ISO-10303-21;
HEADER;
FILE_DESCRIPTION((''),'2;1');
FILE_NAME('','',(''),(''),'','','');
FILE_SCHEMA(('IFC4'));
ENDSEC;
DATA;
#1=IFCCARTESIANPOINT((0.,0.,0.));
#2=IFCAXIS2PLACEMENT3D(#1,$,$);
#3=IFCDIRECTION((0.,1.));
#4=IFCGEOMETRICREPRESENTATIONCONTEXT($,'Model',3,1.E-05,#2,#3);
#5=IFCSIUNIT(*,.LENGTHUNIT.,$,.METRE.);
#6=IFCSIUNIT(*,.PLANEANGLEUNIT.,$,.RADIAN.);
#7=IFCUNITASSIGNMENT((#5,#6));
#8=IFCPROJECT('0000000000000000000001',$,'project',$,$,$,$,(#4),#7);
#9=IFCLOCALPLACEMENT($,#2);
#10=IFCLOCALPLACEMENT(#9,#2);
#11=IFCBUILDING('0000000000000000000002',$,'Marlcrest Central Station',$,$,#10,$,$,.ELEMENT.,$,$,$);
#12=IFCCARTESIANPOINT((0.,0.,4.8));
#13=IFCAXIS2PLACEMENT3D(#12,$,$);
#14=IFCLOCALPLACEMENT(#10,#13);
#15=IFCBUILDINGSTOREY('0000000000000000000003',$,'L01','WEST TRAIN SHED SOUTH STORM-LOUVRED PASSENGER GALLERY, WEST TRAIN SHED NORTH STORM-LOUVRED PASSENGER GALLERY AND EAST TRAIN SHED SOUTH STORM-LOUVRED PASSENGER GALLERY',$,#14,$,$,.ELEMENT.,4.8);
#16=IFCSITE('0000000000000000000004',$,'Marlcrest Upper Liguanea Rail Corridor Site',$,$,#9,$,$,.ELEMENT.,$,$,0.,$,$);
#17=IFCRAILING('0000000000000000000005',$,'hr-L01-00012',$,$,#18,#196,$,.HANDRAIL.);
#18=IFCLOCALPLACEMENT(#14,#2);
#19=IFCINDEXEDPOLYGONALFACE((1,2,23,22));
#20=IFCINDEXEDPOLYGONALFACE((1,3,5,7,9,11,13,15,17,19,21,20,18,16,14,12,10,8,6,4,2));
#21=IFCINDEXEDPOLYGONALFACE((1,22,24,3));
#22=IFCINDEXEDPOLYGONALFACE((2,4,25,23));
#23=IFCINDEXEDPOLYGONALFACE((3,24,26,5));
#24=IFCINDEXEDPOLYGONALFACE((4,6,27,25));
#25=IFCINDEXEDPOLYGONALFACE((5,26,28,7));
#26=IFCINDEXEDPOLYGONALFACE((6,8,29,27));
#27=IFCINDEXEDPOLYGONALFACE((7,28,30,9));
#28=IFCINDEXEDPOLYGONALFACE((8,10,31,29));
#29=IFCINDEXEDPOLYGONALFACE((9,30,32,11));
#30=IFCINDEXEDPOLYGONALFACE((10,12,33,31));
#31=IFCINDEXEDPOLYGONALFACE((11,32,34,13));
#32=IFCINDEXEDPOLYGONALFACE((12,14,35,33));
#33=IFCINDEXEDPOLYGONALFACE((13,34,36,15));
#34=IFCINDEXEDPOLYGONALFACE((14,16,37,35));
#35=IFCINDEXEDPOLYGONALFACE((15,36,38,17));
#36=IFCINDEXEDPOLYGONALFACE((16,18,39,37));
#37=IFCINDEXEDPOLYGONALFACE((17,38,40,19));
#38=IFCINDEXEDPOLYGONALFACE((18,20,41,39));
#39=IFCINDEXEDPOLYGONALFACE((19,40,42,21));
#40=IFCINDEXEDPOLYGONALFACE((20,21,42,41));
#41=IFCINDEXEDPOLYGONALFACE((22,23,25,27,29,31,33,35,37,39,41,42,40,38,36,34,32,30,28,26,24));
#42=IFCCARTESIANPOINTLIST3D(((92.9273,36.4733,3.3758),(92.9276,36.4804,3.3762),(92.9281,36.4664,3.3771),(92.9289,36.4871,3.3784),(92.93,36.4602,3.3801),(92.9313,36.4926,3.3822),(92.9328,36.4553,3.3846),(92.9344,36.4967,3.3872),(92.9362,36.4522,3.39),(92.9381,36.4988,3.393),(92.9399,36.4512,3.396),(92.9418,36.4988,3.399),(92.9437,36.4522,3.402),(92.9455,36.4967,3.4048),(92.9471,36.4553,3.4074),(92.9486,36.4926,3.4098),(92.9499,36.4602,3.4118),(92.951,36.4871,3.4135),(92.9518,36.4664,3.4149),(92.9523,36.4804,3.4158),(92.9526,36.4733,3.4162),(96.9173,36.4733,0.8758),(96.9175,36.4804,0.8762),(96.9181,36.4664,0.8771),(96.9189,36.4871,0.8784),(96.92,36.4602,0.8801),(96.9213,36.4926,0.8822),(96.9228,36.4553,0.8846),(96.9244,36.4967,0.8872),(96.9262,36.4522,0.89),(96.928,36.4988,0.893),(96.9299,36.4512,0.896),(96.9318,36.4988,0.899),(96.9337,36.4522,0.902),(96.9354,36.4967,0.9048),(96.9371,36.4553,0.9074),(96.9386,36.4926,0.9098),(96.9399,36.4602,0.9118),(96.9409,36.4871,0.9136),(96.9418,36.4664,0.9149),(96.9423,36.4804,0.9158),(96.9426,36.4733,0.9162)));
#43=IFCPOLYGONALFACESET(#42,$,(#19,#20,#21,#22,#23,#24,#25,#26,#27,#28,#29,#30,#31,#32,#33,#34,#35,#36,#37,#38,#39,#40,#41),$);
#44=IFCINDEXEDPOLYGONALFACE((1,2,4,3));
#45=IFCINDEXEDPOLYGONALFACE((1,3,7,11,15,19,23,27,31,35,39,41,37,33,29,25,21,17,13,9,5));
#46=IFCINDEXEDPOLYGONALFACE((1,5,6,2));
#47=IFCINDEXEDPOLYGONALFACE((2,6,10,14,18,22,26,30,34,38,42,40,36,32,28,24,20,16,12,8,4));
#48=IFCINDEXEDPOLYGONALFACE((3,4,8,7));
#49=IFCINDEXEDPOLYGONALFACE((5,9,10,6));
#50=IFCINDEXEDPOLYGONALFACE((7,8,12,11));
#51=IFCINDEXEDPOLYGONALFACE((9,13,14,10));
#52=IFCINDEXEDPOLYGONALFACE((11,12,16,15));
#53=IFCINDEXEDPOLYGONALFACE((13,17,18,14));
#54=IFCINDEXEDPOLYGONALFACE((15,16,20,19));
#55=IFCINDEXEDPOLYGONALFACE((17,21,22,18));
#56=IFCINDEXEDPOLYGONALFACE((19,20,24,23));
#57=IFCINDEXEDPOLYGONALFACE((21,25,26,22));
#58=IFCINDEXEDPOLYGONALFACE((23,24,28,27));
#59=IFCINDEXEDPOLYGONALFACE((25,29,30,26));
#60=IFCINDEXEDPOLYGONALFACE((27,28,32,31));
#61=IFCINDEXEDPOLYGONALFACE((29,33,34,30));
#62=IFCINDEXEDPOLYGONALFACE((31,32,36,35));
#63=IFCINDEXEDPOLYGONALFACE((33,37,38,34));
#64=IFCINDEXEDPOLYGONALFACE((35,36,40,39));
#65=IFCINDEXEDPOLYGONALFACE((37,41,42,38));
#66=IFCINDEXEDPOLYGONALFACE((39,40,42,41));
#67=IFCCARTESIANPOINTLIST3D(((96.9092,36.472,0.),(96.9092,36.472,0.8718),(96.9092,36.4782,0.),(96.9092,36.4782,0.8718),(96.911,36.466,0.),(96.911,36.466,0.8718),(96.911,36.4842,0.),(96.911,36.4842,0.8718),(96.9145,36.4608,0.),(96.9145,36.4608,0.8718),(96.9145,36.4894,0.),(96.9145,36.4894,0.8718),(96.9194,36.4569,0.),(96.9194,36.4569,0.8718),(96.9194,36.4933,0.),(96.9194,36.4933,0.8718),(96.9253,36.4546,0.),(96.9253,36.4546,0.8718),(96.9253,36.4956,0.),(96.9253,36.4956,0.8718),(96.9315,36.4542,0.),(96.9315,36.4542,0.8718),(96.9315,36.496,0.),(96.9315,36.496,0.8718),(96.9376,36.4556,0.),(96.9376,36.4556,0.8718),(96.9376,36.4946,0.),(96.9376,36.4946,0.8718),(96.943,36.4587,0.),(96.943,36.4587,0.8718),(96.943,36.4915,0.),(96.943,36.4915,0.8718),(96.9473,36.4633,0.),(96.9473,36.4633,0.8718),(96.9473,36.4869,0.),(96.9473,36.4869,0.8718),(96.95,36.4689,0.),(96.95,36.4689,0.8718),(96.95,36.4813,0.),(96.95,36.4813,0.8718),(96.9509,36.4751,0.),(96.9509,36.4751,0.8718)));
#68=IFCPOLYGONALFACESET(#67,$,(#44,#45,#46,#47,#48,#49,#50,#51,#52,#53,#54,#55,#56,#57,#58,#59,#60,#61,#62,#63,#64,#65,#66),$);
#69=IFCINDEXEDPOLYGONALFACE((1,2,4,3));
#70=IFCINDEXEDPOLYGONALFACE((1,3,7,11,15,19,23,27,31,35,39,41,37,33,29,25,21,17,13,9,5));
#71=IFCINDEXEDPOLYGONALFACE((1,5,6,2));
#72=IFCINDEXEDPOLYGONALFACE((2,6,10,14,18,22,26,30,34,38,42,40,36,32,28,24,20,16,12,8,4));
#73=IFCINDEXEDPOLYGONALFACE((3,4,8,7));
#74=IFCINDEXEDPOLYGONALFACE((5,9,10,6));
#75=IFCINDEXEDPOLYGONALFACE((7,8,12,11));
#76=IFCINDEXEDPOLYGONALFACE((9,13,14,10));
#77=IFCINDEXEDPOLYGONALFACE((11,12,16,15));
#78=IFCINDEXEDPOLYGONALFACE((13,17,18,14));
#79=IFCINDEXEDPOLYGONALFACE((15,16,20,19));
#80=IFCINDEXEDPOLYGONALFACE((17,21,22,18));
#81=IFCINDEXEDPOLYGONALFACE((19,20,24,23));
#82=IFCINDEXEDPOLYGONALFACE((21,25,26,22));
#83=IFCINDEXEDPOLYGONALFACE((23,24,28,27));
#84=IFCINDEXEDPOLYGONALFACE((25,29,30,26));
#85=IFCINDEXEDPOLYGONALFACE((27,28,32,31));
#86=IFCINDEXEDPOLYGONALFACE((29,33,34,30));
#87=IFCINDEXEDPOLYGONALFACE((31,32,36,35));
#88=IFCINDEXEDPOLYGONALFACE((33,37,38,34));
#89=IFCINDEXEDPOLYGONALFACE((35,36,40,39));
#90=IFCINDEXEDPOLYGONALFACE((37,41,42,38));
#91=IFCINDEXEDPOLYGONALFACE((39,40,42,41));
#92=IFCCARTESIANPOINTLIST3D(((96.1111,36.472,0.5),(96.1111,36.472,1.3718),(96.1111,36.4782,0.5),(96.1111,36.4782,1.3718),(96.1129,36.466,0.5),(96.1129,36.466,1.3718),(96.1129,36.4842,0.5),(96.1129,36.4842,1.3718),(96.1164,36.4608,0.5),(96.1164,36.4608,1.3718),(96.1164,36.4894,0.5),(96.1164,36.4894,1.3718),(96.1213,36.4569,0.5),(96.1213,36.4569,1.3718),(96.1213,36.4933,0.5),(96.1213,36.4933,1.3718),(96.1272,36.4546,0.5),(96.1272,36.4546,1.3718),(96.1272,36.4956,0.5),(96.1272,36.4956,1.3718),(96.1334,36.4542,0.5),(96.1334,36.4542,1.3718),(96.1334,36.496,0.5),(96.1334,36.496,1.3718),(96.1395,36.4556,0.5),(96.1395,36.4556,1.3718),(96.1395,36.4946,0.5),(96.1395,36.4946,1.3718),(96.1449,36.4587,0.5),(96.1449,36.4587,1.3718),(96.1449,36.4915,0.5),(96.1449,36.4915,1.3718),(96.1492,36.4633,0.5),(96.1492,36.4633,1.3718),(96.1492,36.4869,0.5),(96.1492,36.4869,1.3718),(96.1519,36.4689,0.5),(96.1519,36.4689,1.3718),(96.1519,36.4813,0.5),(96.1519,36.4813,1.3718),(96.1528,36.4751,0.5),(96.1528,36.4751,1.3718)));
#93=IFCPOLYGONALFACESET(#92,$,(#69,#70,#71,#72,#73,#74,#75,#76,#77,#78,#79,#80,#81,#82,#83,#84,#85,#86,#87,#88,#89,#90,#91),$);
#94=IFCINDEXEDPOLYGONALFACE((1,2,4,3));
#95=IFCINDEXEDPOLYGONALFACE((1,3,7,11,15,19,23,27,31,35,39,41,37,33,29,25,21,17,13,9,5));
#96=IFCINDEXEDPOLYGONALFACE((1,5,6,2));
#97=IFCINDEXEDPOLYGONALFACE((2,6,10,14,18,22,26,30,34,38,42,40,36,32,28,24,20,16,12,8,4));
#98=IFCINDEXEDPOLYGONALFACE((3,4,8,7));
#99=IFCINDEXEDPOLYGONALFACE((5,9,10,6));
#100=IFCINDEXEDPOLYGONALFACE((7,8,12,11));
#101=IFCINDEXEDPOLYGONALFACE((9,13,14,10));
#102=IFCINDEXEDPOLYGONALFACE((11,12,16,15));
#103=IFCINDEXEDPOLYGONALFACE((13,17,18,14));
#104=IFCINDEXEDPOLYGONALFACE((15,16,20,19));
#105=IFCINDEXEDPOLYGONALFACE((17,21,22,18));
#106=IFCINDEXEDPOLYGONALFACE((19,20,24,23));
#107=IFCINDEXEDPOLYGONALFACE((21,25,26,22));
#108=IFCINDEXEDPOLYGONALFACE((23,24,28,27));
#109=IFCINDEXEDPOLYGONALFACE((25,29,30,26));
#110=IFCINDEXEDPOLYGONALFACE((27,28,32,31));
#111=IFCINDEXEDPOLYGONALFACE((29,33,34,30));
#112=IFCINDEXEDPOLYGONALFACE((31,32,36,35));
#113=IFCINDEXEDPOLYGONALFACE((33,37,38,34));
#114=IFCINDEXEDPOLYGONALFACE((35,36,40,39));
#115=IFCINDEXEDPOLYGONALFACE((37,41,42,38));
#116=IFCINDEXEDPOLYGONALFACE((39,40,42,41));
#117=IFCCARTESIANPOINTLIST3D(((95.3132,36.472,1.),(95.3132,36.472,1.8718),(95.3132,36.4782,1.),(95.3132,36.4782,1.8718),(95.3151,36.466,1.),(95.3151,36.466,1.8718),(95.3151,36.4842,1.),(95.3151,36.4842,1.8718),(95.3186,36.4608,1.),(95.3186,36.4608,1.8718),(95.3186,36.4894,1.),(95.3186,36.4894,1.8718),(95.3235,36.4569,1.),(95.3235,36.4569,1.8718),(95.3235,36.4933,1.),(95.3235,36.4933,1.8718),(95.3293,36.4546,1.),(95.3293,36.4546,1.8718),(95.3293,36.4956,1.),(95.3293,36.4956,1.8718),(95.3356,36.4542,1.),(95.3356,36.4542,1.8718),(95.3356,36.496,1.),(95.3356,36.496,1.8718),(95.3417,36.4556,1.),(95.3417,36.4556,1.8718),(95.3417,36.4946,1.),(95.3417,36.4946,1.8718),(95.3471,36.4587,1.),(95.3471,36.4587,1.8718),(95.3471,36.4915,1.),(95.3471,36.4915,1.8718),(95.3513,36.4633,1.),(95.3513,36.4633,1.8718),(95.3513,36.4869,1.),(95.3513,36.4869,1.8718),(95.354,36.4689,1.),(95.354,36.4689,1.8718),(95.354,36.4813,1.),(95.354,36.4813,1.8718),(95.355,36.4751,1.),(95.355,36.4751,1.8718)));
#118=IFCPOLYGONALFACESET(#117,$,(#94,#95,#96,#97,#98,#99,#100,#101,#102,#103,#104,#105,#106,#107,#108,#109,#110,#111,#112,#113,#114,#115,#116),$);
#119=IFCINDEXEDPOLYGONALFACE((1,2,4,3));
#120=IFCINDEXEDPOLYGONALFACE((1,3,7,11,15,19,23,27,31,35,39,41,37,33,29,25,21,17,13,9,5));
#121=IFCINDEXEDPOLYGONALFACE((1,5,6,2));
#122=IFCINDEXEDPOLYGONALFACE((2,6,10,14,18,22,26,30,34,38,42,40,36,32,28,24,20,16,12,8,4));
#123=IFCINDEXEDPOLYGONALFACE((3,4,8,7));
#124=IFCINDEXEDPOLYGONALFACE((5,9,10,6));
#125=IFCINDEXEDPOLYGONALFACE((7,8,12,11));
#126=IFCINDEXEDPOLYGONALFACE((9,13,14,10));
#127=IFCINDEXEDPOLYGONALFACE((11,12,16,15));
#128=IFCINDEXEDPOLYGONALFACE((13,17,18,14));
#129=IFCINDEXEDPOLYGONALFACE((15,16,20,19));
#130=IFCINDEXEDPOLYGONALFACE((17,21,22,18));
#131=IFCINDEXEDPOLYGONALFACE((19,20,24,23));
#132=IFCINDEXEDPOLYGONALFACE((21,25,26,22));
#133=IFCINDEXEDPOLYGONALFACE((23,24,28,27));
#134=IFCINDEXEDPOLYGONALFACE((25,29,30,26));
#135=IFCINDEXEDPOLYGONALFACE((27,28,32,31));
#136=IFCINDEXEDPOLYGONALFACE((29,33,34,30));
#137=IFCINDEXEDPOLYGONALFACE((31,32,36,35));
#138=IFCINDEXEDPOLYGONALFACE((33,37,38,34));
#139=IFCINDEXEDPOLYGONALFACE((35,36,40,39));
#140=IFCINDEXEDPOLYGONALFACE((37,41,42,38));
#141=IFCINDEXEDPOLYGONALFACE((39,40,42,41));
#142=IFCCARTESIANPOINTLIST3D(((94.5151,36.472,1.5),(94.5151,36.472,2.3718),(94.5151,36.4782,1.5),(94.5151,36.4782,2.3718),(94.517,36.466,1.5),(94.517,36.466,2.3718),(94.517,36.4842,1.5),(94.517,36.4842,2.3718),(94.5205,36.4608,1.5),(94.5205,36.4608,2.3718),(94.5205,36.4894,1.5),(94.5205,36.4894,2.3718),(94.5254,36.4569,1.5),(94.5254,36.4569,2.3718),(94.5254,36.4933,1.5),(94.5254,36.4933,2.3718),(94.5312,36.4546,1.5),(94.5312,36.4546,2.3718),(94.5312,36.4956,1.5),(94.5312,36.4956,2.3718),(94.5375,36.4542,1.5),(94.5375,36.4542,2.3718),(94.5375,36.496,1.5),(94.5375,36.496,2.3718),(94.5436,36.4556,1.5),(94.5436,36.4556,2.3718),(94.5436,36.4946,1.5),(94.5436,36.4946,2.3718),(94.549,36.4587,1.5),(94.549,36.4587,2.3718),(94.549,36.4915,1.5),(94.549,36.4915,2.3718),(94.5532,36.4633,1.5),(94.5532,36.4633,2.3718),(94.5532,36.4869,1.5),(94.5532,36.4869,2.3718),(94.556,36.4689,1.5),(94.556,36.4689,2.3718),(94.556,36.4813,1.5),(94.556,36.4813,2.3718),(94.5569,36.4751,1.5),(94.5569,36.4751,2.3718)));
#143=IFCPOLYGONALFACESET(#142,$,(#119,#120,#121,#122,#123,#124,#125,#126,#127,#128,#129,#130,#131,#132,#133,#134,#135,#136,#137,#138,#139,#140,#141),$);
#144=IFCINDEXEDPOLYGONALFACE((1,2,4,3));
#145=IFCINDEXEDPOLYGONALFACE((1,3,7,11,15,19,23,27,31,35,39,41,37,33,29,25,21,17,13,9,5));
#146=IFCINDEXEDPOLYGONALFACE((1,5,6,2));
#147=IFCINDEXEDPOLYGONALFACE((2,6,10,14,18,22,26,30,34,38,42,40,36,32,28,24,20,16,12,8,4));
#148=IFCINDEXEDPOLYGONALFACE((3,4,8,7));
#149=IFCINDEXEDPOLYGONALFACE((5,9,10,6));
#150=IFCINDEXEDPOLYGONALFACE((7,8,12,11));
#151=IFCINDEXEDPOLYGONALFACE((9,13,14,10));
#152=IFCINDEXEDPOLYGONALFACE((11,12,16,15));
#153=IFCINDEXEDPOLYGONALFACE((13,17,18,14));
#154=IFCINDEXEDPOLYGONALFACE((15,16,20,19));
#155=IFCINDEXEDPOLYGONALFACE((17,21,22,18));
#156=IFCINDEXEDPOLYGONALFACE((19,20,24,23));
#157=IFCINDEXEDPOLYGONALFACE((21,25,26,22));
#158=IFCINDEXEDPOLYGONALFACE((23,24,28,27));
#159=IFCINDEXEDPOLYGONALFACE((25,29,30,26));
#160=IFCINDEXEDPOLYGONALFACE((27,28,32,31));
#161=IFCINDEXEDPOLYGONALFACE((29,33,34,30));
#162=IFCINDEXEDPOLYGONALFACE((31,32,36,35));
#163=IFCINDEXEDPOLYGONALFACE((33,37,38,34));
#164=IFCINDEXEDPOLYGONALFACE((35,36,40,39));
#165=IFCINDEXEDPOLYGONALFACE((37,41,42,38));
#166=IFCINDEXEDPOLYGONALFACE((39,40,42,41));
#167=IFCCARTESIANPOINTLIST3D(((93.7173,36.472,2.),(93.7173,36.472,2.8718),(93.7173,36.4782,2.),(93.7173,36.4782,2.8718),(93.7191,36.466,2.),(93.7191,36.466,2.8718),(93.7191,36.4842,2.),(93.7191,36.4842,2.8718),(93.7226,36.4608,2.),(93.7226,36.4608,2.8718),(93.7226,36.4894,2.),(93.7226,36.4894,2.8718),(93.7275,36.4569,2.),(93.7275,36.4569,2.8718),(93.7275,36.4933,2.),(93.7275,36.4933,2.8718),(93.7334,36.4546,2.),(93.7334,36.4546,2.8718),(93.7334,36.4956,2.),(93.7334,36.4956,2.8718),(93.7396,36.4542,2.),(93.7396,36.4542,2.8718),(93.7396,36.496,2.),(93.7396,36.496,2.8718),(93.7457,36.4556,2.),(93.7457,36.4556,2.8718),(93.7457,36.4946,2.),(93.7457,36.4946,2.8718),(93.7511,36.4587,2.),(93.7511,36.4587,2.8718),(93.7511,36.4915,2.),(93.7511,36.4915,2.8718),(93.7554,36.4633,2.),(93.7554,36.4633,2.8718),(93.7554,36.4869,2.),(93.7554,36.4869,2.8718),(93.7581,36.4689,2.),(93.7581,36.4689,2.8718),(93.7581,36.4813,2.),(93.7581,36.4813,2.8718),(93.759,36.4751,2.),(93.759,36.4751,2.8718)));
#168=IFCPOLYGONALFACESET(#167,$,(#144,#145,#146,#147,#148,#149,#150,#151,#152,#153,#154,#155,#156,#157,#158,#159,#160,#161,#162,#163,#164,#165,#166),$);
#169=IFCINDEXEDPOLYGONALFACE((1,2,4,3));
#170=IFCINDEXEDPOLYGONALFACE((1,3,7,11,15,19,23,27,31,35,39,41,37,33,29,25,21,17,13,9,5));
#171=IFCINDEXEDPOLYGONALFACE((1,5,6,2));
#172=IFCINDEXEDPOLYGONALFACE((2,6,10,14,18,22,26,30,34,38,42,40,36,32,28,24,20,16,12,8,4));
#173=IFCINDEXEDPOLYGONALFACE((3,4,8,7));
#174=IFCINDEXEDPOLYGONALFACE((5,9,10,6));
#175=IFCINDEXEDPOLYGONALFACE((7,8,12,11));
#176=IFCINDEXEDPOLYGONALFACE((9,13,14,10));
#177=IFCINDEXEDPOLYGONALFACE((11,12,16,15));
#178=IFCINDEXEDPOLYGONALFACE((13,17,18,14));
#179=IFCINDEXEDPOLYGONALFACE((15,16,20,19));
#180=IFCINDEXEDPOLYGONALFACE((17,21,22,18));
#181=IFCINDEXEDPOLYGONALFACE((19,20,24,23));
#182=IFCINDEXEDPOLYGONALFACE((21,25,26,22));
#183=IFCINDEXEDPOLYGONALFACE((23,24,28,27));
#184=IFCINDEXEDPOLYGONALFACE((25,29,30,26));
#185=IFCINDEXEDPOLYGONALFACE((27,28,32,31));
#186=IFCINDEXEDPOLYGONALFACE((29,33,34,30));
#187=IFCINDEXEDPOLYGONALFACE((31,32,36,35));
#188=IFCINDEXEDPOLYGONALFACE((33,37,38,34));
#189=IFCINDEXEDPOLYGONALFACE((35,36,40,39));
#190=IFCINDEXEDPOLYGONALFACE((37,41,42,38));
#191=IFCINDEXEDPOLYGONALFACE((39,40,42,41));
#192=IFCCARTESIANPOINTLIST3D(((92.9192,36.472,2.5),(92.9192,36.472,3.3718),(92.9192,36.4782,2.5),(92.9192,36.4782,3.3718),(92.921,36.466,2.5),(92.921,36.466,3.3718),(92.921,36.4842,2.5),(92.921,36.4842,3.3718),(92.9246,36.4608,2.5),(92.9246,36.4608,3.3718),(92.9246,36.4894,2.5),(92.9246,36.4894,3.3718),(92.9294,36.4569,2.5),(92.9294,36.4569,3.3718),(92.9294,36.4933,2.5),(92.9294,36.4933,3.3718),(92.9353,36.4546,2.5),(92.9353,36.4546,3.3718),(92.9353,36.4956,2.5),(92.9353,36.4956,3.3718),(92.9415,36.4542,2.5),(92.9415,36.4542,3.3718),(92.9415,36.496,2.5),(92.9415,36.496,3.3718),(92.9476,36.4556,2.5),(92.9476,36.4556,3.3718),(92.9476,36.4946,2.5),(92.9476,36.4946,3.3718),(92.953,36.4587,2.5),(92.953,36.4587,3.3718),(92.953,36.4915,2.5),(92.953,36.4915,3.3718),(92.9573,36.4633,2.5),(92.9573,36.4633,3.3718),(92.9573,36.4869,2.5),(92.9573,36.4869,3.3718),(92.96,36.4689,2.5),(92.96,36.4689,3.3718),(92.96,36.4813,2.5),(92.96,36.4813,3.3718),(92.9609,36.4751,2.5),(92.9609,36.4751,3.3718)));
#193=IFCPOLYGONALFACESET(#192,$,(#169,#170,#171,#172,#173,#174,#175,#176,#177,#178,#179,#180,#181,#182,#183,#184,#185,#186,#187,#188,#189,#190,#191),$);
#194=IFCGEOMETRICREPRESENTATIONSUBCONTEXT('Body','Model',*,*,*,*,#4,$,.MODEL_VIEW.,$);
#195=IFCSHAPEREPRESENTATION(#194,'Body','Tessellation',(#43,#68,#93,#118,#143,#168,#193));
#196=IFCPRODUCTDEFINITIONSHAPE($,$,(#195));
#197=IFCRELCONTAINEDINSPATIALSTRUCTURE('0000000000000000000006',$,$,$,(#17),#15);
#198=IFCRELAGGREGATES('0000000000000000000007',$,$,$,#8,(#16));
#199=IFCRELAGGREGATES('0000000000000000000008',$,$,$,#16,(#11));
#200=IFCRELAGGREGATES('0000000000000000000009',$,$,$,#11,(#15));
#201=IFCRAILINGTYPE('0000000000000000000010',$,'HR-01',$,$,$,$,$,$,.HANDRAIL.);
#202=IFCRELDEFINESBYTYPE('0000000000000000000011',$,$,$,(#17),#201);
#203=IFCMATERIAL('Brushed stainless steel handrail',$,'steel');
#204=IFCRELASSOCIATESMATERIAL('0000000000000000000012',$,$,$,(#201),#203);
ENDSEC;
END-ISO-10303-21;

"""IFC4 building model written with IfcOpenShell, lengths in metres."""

from ifc_helpers import new_model, si_unit, direction, frame, origin, origin_2d, place, context, subcontext, project, spatial, circle, extrude, material, type_object, element, save


model = new_model("IFC4")

# Units and contexts
model_context = context("Model", 3, precision=1e-05, world=origin(), true_north=direction((0.0, 1.0)))
body_context = subcontext(model_context, "Body", "Model", "MODEL_VIEW")
ifc_project = project(units=[si_unit("LENGTHUNIT", "METRE"), si_unit("PLANEANGLEUNIT", "RADIAN")], contexts=[model_context])

# Site, building, storey
site_placement = place(None, origin())
site = spatial("IfcSite", under=ifc_project, at=site_placement, Name="Marlcrest Upper Liguanea Rail Corridor Site", CompositionType="ELEMENT", RefElevation=0.0)
building_placement = place(site_placement, origin())
building = spatial("IfcBuilding", under=site, at=building_placement, Name="Marlcrest Central Station", CompositionType="ELEMENT")
storey_placement = place(building_placement, frame((0.0, 0.0, 4.8)))
storey = spatial("IfcBuildingStorey", under=building, at=storey_placement, Name="L01", Description="WEST TRAIN SHED SOUTH STORM-LOUVRED PASSENGER GALLERY, WEST TRAIN SHED NORTH STORM-LOUVRED PASSENGER GALLERY AND EAST TRAIN SHED SOUTH STORM-LOUVRED PASSENGER GALLERY", CompositionType="ELEMENT", Elevation=4.8)

# Railing
ifc_material_1 = material(Name="Brushed stainless steel handrail", Category="steel")
railing_type_1 = type_object("IfcRailingType", Name="HR-01", PredefinedType="HANDRAIL", material=ifc_material_1)
for number, where, name in (
    (1, (96.9299, 36.4751, 0.0), "hr-L01-00012"),
):
    element("IfcRailing", number, at=place(storey_placement, frame(where)), inside=storey, type_object=railing_type_1, Name=name, PredefinedType="HANDRAIL", context=body_context, shape_type="SweptSolid", body=[
        extrude(circle(Radius=0.0239, at=origin_2d()), frame((0.0, 0.0, 0.896), z_axis=(-0.847401, 0.0, 0.530954), x_axis=(0.0, -1.0, 0.0)), (0.0, 0.0, 1.0), 4.7085),
        extrude(circle(Radius=0.021, at=origin_2d()), origin(), (0.0, 0.0, 1.0), 0.8718),
        extrude(circle(Radius=0.021, at=origin_2d()), frame((-0.7981, 0.0, 0.5)), (0.0, 0.0, 1.0), 0.8718),
        extrude(circle(Radius=0.021, at=origin_2d()), frame((-1.5959, 0.0, 1.0)), (0.0, 0.0, 1.0), 0.8718),
        extrude(circle(Radius=0.021, at=origin_2d()), frame((-2.394, 0.0, 1.5)), (0.0, 0.0, 1.0), 0.8718),
        extrude(circle(Radius=0.021, at=origin_2d()), frame((-3.1919, 0.0, 2.0)), (0.0, 0.0, 1.0), 0.8718),
        extrude(circle(Radius=0.021, at=origin_2d()), frame((-3.99, 0.0, 2.5)), (0.0, 0.0, 1.0), 0.8718),
    ])

save(model, "model.ifc")
